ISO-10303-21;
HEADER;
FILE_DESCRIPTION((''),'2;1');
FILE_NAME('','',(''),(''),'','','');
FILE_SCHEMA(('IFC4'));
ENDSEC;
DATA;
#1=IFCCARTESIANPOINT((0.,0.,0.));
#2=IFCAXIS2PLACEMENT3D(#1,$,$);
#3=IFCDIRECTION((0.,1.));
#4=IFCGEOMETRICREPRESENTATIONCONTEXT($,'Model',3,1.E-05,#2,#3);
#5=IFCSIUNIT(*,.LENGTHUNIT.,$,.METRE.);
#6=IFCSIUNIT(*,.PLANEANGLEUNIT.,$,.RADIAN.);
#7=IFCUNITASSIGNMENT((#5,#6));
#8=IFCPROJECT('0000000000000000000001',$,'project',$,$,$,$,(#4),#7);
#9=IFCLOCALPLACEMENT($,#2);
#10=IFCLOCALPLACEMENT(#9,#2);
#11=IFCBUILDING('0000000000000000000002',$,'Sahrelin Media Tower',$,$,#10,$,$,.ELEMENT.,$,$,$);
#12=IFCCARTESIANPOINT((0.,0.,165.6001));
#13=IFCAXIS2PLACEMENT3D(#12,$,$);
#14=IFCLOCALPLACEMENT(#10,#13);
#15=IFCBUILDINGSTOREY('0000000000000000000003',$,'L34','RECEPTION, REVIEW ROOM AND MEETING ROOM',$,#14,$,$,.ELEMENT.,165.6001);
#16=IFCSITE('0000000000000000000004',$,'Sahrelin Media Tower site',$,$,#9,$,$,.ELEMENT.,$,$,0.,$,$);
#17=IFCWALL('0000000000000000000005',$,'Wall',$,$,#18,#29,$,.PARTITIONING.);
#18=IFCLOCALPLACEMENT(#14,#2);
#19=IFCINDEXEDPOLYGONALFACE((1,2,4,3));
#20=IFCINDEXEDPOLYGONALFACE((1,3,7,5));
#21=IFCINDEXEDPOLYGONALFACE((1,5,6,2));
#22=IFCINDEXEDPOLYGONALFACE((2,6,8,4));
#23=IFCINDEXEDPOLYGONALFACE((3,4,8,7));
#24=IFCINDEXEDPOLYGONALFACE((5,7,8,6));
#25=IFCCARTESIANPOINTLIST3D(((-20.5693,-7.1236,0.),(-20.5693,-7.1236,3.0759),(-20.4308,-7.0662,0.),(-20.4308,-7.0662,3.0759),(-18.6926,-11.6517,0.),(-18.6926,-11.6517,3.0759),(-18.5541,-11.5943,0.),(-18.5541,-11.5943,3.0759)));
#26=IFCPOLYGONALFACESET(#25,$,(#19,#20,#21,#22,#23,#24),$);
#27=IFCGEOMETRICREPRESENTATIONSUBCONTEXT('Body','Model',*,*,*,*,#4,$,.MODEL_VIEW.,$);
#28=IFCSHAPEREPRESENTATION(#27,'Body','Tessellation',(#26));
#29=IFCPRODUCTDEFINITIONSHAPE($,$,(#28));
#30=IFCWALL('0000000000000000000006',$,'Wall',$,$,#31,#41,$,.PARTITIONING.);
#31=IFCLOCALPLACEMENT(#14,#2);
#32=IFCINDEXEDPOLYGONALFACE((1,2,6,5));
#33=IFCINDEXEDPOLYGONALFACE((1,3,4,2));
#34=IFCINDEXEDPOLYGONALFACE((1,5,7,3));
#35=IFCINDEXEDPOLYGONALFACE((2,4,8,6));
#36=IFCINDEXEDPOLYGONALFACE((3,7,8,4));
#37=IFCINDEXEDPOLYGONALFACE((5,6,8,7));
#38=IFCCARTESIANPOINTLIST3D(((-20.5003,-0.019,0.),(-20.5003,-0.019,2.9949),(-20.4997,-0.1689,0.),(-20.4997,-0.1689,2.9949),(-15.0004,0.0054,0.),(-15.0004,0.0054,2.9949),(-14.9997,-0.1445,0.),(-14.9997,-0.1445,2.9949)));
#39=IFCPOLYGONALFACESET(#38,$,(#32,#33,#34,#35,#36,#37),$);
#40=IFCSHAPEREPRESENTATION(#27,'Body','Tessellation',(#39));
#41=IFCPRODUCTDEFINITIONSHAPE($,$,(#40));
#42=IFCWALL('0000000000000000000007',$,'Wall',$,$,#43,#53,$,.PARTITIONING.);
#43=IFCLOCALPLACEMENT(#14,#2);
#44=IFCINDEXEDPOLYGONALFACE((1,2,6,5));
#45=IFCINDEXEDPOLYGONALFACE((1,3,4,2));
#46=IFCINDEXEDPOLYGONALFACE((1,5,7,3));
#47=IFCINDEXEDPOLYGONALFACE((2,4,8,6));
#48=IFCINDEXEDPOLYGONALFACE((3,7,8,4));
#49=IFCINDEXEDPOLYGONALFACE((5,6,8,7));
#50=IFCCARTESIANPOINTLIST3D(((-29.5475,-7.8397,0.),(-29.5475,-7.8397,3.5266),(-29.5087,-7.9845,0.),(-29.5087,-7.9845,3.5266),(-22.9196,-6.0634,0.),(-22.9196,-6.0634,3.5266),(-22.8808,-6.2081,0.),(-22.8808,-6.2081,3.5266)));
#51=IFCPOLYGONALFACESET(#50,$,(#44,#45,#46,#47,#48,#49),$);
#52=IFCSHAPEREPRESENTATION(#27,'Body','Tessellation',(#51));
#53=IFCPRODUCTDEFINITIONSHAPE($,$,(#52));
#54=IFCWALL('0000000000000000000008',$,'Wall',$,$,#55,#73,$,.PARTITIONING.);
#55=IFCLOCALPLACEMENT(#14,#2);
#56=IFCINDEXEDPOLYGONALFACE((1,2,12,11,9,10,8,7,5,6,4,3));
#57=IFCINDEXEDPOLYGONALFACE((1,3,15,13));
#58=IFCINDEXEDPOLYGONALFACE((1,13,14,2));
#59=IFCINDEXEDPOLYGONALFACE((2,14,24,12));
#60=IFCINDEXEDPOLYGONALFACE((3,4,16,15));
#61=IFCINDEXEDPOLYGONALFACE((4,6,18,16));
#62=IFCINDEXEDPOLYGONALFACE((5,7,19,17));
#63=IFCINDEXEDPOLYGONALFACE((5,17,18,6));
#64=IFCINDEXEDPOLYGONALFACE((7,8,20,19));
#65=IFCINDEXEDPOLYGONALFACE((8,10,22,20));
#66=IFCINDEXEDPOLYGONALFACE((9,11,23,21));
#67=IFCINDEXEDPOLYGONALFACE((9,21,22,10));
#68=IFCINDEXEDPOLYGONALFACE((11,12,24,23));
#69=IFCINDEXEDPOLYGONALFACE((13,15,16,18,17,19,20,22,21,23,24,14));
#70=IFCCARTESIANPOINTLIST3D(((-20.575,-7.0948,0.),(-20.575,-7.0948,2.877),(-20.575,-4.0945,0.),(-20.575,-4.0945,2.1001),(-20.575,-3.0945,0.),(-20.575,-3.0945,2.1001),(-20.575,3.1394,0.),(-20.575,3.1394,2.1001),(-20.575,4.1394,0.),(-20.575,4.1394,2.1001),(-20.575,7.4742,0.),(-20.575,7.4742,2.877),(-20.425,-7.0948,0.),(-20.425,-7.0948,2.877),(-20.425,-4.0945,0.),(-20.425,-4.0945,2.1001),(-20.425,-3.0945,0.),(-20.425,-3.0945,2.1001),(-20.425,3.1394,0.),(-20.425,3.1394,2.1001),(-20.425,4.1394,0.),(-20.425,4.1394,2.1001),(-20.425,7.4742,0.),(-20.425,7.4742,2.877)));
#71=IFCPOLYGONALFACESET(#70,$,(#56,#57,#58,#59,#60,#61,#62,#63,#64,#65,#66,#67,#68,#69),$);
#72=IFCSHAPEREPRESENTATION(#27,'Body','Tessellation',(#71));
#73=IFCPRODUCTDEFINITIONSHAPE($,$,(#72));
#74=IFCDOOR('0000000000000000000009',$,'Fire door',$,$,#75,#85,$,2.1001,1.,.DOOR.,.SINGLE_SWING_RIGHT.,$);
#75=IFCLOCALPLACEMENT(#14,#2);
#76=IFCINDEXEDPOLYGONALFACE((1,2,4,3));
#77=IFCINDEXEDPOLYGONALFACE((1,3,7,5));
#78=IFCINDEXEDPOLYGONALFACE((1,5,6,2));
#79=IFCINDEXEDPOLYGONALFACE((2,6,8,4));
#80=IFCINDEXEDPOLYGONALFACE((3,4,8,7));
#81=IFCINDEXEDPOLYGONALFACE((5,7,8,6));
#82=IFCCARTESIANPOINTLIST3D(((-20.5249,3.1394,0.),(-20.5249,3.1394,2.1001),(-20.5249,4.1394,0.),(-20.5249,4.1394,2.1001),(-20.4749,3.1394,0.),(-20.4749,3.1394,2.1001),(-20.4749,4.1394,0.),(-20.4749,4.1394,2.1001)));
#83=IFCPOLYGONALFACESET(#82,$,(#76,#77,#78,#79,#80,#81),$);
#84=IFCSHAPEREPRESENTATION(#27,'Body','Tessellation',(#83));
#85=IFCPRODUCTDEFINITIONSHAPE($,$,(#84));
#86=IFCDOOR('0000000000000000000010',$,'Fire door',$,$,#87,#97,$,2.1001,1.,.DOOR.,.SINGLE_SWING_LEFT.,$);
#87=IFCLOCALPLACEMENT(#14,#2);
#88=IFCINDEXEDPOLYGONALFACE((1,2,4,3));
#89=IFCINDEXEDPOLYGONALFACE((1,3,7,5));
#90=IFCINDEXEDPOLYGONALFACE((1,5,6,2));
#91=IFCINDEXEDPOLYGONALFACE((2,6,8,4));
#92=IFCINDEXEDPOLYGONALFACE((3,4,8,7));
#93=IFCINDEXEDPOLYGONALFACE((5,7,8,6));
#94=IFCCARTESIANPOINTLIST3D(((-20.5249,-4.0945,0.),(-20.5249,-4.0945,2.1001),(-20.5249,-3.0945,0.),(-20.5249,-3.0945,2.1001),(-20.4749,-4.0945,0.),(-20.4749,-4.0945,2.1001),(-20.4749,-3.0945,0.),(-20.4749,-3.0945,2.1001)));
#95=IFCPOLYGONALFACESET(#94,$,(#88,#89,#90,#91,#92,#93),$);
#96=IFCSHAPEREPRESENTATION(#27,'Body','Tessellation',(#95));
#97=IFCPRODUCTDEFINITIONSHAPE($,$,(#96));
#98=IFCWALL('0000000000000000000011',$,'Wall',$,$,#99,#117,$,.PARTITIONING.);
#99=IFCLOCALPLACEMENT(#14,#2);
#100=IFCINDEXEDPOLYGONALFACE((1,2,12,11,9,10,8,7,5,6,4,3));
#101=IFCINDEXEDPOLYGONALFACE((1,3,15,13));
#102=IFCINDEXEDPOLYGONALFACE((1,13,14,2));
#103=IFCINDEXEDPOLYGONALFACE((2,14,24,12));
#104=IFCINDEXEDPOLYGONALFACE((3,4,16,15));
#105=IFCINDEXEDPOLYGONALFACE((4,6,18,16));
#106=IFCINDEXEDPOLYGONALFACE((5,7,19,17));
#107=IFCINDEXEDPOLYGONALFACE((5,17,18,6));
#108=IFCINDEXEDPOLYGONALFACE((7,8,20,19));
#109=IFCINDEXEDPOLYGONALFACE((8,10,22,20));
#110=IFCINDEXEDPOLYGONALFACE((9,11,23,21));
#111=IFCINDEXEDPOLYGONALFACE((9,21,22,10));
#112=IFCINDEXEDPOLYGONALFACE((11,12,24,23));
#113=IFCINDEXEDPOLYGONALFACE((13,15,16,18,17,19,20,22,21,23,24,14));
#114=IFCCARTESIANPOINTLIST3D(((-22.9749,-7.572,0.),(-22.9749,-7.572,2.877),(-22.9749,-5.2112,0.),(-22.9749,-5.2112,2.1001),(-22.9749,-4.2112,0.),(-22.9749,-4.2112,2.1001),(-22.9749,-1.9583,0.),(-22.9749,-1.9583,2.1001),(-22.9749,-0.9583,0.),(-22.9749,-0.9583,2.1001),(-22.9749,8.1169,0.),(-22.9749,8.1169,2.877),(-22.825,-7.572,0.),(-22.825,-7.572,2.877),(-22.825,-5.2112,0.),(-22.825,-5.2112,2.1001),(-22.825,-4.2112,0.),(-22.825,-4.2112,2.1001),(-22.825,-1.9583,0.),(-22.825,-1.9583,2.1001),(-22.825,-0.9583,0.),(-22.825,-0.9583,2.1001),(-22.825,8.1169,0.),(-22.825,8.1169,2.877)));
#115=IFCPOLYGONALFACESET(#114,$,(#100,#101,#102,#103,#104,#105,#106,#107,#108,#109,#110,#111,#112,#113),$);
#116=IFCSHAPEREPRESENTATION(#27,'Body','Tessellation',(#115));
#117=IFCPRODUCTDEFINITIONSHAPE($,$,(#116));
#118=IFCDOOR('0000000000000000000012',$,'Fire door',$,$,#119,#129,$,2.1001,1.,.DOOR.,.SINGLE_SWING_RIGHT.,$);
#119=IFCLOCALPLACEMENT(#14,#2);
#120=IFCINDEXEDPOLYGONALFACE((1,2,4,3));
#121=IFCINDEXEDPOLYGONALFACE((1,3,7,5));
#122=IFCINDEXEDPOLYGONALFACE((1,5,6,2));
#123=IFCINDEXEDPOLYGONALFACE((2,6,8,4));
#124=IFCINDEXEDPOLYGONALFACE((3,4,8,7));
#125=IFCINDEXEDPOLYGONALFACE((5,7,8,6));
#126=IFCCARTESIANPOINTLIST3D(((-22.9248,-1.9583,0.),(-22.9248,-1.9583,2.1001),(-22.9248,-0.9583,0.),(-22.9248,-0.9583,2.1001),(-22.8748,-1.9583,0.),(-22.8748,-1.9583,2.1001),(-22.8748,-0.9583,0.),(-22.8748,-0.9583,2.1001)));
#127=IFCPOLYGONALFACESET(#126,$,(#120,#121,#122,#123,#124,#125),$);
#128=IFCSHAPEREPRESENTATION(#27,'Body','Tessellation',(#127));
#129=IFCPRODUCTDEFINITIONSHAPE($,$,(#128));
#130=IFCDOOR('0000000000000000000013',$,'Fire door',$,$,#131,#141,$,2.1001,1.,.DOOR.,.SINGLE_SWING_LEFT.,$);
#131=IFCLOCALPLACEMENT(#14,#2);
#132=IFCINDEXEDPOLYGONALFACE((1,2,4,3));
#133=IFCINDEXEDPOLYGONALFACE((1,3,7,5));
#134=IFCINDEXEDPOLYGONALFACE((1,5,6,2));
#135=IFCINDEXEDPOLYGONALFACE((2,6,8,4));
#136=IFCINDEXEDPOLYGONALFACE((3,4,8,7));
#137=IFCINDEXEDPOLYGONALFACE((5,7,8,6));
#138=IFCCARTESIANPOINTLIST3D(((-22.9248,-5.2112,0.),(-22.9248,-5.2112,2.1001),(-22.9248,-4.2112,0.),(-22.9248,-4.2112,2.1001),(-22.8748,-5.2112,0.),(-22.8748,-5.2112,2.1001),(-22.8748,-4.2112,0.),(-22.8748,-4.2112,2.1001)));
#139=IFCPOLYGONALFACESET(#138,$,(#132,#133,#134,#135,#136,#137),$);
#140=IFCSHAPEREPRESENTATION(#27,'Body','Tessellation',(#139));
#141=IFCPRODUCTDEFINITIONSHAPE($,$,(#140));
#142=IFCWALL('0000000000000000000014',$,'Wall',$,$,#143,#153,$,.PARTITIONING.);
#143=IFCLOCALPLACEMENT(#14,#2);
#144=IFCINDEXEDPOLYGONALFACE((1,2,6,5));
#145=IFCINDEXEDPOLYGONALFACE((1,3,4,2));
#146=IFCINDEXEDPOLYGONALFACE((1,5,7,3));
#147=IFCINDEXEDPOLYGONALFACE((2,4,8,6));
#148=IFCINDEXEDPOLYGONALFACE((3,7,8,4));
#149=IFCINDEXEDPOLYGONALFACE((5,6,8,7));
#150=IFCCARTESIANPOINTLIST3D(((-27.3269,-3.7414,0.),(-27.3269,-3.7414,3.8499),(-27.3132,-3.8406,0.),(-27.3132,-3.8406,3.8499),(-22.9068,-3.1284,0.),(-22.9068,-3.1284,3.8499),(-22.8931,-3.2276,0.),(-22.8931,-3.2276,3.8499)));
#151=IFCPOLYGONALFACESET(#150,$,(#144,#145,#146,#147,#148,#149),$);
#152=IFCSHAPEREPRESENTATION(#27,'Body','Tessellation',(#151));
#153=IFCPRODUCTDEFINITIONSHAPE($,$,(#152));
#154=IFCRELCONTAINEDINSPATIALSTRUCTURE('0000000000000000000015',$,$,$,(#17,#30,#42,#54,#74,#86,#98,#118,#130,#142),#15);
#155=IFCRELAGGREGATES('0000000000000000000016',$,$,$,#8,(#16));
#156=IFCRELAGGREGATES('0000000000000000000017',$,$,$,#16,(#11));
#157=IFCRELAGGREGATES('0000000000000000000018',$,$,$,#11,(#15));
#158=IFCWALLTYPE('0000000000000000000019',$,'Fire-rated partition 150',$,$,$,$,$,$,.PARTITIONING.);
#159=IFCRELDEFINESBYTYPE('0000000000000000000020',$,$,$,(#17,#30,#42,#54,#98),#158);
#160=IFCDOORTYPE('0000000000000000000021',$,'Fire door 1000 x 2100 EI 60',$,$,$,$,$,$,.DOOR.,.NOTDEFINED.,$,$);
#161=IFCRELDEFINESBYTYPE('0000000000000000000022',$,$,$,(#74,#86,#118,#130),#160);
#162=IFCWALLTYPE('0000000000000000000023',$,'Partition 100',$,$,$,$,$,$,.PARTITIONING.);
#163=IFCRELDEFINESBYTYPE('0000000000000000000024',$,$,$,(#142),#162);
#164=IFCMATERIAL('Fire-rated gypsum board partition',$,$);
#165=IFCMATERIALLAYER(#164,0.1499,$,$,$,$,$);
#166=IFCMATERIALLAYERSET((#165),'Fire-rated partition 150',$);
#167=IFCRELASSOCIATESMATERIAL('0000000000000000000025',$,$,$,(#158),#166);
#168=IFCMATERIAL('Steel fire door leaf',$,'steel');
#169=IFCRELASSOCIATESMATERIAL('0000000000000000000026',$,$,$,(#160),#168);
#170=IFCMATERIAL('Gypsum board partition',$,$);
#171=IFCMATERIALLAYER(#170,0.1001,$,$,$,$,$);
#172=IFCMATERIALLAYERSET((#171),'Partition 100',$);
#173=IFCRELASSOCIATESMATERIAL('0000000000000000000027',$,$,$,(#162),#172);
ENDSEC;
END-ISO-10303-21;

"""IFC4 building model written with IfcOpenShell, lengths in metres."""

from ifc_helpers import new_model, si_unit, direction, frame, frame_2d, origin, place, context, subcontext, project, spatial, rectangle, extrude, material, layer, layer_set, type_object, element, fill, save


model = new_model("IFC4")

# Units and contexts
model_context = context("Model", 3, precision=1e-05, world=origin(), true_north=direction((0.0, 1.0)))
body_context = subcontext(model_context, "Body", "Model", "MODEL_VIEW")
ifc_project = project(units=[si_unit("LENGTHUNIT", "METRE"), si_unit("PLANEANGLEUNIT", "RADIAN")], contexts=[model_context])

# Site, building, storey
site_placement = place(None, origin())
site = spatial("IfcSite", under=ifc_project, at=site_placement, Name="Sahrelin Media Tower site", CompositionType="ELEMENT", RefElevation=0.0)
building_placement = place(site_placement, origin())
building = spatial("IfcBuilding", under=site, at=building_placement, Name="Sahrelin Media Tower", CompositionType="ELEMENT")
storey_placement = place(building_placement, frame((0.0, 0.0, 165.6001)))
storey = spatial("IfcBuildingStorey", under=building, at=storey_placement, Name="L34", Description="RECEPTION, REVIEW ROOM AND MEETING ROOM", CompositionType="ELEMENT", Elevation=165.6001)

# Shared definitions
ifc_material_1 = material(Name="Fire-rated gypsum board partition")
ifc_layer_1 = layer(ifc_material_1, 0.1499)
ifc_layer_set_1 = layer_set([ifc_layer_1], Name="Fire-rated partition 150")
wall_type_1 = type_object("IfcWallType", Name="Fire-rated partition 150", PredefinedType="PARTITIONING", material=ifc_layer_set_1)
ifc_material_2 = material(Name="Steel fire door leaf", Category="steel")
door_type = type_object("IfcDoorType", Name="Fire door 1000 x 2100 EI 60", OperationType="NOTDEFINED", PredefinedType="DOOR", material=ifc_material_2)

# Walls
wall_1_placement = place(storey_placement, frame((-20.5, -7.095, 0.0), z_axis=(0.0, 0.0, 1.0), x_axis=(0.382878, -0.923799, 0.0)))
element("IfcWall", 1, at=wall_1_placement, inside=storey, type_object=wall_type_1, Name="Wall", PredefinedType="PARTITIONING", context=body_context, shape_type="SweptSolid", body=[
    extrude(rectangle(XDim=4.9016, YDim=0.1499, at=frame_2d((2.4507, 0.0))), origin(), (0.0, 0.0, 1.0), 3.0759),
])
wall_2_placement = place(storey_placement, frame((-20.5, -0.094, 0.0), z_axis=(0.0, 0.0, 1.0), x_axis=(0.99999, 0.004439, 0.0)))
element("IfcWall", 2, at=wall_2_placement, inside=storey, type_object=wall_type_1, Name="Wall", PredefinedType="PARTITIONING", context=body_context, shape_type="SweptSolid", body=[
    extrude(rectangle(XDim=5.5, YDim=0.1499, at=frame_2d((2.75, 0.0))), origin(), (0.0, 0.0, 1.0), 2.9949),
])
wall_3_placement = place(storey_placement, frame((-29.5281, -7.9121, 0.0), z_axis=(0.0, 0.0, 1.0), x_axis=(0.965911, 0.258876, 0.0)))
element("IfcWall", 3, at=wall_3_placement, inside=storey, type_object=wall_type_1, Name="Wall", PredefinedType="PARTITIONING", context=body_context, shape_type="SweptSolid", body=[
    extrude(rectangle(XDim=6.8618, YDim=0.1499, at=frame_2d((3.4309, 0.0))), origin(), (0.0, 0.0, 1.0), 3.5266),
])

# Walls, openings, doors
wall_4_placement = place(storey_placement, frame((-20.5, -7.095, 0.0), z_axis=(0.0, 0.0, 1.0), x_axis=(0.0, 1.0, 0.0)))
wall_4 = element("IfcWall", 4, at=wall_4_placement, inside=storey, type_object=wall_type_1, Name="Wall", PredefinedType="PARTITIONING", context=body_context, shape_type="SweptSolid", body=[
    extrude(rectangle(XDim=14.5691, YDim=0.1499, at=frame_2d((7.2847, 0.0))), origin(), (0.0, 0.0, 1.0), 2.877),
])
opening_1_placement = place(wall_4_placement, frame((10.2344, 0.0, 0.0)))
opening_1 = element("IfcOpeningElement", 5, at=opening_1_placement, cuts=wall_4, PredefinedType="OPENING", context=body_context, shape_type="SweptSolid", body=[
    extrude(rectangle(XDim=1.0, YDim=2.1001, at=frame_2d((0.5, 1.05))), frame((0.0, 0.075, 0.0), z_axis=(0.0, -1.0, 0.0), x_axis=(1.0, 0.0, 0.0)), (0.0, 0.0, 1.0), 0.1499),
])
opening_2_placement = place(wall_4_placement, frame((3.0005, 0.0, 0.0)))
opening_2 = element("IfcOpeningElement", 6, at=opening_2_placement, cuts=wall_4, PredefinedType="OPENING", context=body_context, shape_type="SweptSolid", body=[
    extrude(rectangle(XDim=1.0, YDim=2.1001, at=frame_2d((0.5, 1.05))), frame((0.0, 0.075, 0.0), z_axis=(0.0, -1.0, 0.0), x_axis=(1.0, 0.0, 0.0)), (0.0, 0.0, 1.0), 0.1499),
])
door_1_placement = place(opening_1_placement, origin())
door_1 = element("IfcDoor", 7, at=door_1_placement, inside=storey, type_object=door_type, Name="Fire door", OperationType="SINGLE_SWING_RIGHT", OverallHeight=2.1001, OverallWidth=1.0, PredefinedType="DOOR", context=body_context, shape_type="SweptSolid", body=[
    extrude(rectangle(XDim=1.0, YDim=2.1001, at=frame_2d((0.5, 1.05))), frame((0.0, 0.0249, 0.0), z_axis=(0.0, -1.0, 0.0), x_axis=(1.0, 0.0, 0.0)), (0.0, 0.0, 1.0), 0.05),
])
fill(opening_1, door_1)
door_2_placement = place(opening_2_placement, origin())
door_2 = element("IfcDoor", 8, at=door_2_placement, inside=storey, type_object=door_type, Name="Fire door", OperationType="SINGLE_SWING_LEFT", OverallHeight=2.1001, OverallWidth=1.0, PredefinedType="DOOR", context=body_context, shape_type="SweptSolid", body=[
    extrude(rectangle(XDim=1.0, YDim=2.1001, at=frame_2d((0.5, 1.05))), frame((0.0, 0.0249, 0.0), z_axis=(0.0, -1.0, 0.0), x_axis=(1.0, 0.0, 0.0)), (0.0, 0.0, 1.0), 0.05),
])
fill(opening_2, door_2)
wall_5_placement = place(storey_placement, frame((-22.8999, -7.572, 0.0), z_axis=(0.0, 0.0, 1.0), x_axis=(0.0, 1.0, 0.0)))
wall_5 = element("IfcWall", 9, at=wall_5_placement, inside=storey, type_object=wall_type_1, Name="Wall", PredefinedType="PARTITIONING", context=body_context, shape_type="SweptSolid", body=[
    extrude(rectangle(XDim=15.689, YDim=0.1499, at=frame_2d((7.8445, 0.0))), origin(), (0.0, 0.0, 1.0), 2.877),
])
opening_3_placement = place(wall_5_placement, frame((5.6138, 0.0, 0.0)))
opening_3 = element("IfcOpeningElement", 10, at=opening_3_placement, cuts=wall_5, PredefinedType="OPENING", context=body_context, shape_type="SweptSolid", body=[
    extrude(rectangle(XDim=1.0, YDim=2.1001, at=frame_2d((0.5, 1.05))), frame((0.0, 0.075, 0.0), z_axis=(0.0, -1.0, 0.0), x_axis=(1.0, 0.0, 0.0)), (0.0, 0.0, 1.0), 0.1499),
])
opening_4_placement = place(wall_5_placement, frame((2.3608, 0.0, 0.0)))
opening_4 = element("IfcOpeningElement", 11, at=opening_4_placement, cuts=wall_5, PredefinedType="OPENING", context=body_context, shape_type="SweptSolid", body=[
    extrude(rectangle(XDim=1.0, YDim=2.1001, at=frame_2d((0.5, 1.05))), frame((0.0, 0.075, 0.0), z_axis=(0.0, -1.0, 0.0), x_axis=(1.0, 0.0, 0.0)), (0.0, 0.0, 1.0), 0.1499),
])
door_3_placement = place(opening_3_placement, origin())
door_3 = element("IfcDoor", 12, at=door_3_placement, inside=storey, type_object=door_type, Name="Fire door", OperationType="SINGLE_SWING_RIGHT", OverallHeight=2.1001, OverallWidth=1.0, PredefinedType="DOOR", context=body_context, shape_type="SweptSolid", body=[
    extrude(rectangle(XDim=1.0, YDim=2.1001, at=frame_2d((0.5, 1.05))), frame((0.0, 0.0249, 0.0), z_axis=(0.0, -1.0, 0.0), x_axis=(1.0, 0.0, 0.0)), (0.0, 0.0, 1.0), 0.05),
])
fill(opening_3, door_3)
door_4_placement = place(opening_4_placement, origin())
door_4 = element("IfcDoor", 13, at=door_4_placement, inside=storey, type_object=door_type, Name="Fire door", OperationType="SINGLE_SWING_LEFT", OverallHeight=2.1001, OverallWidth=1.0, PredefinedType="DOOR", context=body_context, shape_type="SweptSolid", body=[
    extrude(rectangle(XDim=1.0, YDim=2.1001, at=frame_2d((0.5, 1.05))), frame((0.0, 0.0249, 0.0), z_axis=(0.0, -1.0, 0.0), x_axis=(1.0, 0.0, 0.0)), (0.0, 0.0, 1.0), 0.05),
])
fill(opening_4, door_4)

# Wall
ifc_material_3 = material(Name="Gypsum board partition")
ifc_layer_2 = layer(ifc_material_3, 0.1001)
ifc_layer_set_2 = layer_set([ifc_layer_2], Name="Partition 100")
wall_type_2 = type_object("IfcWallType", Name="Partition 100", PredefinedType="PARTITIONING", material=ifc_layer_set_2)
wall_6_placement = place(storey_placement, frame((-27.3201, -3.791, 0.0), z_axis=(0.0, 0.0, 1.0), x_axis=(0.990519, 0.137376, 0.0)))
element("IfcWall", 14, at=wall_6_placement, inside=storey, type_object=wall_type_2, Name="Wall", PredefinedType="PARTITIONING", context=body_context, shape_type="SweptSolid", body=[
    extrude(rectangle(XDim=4.4624, YDim=0.1001, at=frame_2d((2.2312, 0.0))), origin(), (0.0, 0.0, 1.0), 3.8499),
])

save(model, "model.ifc")
